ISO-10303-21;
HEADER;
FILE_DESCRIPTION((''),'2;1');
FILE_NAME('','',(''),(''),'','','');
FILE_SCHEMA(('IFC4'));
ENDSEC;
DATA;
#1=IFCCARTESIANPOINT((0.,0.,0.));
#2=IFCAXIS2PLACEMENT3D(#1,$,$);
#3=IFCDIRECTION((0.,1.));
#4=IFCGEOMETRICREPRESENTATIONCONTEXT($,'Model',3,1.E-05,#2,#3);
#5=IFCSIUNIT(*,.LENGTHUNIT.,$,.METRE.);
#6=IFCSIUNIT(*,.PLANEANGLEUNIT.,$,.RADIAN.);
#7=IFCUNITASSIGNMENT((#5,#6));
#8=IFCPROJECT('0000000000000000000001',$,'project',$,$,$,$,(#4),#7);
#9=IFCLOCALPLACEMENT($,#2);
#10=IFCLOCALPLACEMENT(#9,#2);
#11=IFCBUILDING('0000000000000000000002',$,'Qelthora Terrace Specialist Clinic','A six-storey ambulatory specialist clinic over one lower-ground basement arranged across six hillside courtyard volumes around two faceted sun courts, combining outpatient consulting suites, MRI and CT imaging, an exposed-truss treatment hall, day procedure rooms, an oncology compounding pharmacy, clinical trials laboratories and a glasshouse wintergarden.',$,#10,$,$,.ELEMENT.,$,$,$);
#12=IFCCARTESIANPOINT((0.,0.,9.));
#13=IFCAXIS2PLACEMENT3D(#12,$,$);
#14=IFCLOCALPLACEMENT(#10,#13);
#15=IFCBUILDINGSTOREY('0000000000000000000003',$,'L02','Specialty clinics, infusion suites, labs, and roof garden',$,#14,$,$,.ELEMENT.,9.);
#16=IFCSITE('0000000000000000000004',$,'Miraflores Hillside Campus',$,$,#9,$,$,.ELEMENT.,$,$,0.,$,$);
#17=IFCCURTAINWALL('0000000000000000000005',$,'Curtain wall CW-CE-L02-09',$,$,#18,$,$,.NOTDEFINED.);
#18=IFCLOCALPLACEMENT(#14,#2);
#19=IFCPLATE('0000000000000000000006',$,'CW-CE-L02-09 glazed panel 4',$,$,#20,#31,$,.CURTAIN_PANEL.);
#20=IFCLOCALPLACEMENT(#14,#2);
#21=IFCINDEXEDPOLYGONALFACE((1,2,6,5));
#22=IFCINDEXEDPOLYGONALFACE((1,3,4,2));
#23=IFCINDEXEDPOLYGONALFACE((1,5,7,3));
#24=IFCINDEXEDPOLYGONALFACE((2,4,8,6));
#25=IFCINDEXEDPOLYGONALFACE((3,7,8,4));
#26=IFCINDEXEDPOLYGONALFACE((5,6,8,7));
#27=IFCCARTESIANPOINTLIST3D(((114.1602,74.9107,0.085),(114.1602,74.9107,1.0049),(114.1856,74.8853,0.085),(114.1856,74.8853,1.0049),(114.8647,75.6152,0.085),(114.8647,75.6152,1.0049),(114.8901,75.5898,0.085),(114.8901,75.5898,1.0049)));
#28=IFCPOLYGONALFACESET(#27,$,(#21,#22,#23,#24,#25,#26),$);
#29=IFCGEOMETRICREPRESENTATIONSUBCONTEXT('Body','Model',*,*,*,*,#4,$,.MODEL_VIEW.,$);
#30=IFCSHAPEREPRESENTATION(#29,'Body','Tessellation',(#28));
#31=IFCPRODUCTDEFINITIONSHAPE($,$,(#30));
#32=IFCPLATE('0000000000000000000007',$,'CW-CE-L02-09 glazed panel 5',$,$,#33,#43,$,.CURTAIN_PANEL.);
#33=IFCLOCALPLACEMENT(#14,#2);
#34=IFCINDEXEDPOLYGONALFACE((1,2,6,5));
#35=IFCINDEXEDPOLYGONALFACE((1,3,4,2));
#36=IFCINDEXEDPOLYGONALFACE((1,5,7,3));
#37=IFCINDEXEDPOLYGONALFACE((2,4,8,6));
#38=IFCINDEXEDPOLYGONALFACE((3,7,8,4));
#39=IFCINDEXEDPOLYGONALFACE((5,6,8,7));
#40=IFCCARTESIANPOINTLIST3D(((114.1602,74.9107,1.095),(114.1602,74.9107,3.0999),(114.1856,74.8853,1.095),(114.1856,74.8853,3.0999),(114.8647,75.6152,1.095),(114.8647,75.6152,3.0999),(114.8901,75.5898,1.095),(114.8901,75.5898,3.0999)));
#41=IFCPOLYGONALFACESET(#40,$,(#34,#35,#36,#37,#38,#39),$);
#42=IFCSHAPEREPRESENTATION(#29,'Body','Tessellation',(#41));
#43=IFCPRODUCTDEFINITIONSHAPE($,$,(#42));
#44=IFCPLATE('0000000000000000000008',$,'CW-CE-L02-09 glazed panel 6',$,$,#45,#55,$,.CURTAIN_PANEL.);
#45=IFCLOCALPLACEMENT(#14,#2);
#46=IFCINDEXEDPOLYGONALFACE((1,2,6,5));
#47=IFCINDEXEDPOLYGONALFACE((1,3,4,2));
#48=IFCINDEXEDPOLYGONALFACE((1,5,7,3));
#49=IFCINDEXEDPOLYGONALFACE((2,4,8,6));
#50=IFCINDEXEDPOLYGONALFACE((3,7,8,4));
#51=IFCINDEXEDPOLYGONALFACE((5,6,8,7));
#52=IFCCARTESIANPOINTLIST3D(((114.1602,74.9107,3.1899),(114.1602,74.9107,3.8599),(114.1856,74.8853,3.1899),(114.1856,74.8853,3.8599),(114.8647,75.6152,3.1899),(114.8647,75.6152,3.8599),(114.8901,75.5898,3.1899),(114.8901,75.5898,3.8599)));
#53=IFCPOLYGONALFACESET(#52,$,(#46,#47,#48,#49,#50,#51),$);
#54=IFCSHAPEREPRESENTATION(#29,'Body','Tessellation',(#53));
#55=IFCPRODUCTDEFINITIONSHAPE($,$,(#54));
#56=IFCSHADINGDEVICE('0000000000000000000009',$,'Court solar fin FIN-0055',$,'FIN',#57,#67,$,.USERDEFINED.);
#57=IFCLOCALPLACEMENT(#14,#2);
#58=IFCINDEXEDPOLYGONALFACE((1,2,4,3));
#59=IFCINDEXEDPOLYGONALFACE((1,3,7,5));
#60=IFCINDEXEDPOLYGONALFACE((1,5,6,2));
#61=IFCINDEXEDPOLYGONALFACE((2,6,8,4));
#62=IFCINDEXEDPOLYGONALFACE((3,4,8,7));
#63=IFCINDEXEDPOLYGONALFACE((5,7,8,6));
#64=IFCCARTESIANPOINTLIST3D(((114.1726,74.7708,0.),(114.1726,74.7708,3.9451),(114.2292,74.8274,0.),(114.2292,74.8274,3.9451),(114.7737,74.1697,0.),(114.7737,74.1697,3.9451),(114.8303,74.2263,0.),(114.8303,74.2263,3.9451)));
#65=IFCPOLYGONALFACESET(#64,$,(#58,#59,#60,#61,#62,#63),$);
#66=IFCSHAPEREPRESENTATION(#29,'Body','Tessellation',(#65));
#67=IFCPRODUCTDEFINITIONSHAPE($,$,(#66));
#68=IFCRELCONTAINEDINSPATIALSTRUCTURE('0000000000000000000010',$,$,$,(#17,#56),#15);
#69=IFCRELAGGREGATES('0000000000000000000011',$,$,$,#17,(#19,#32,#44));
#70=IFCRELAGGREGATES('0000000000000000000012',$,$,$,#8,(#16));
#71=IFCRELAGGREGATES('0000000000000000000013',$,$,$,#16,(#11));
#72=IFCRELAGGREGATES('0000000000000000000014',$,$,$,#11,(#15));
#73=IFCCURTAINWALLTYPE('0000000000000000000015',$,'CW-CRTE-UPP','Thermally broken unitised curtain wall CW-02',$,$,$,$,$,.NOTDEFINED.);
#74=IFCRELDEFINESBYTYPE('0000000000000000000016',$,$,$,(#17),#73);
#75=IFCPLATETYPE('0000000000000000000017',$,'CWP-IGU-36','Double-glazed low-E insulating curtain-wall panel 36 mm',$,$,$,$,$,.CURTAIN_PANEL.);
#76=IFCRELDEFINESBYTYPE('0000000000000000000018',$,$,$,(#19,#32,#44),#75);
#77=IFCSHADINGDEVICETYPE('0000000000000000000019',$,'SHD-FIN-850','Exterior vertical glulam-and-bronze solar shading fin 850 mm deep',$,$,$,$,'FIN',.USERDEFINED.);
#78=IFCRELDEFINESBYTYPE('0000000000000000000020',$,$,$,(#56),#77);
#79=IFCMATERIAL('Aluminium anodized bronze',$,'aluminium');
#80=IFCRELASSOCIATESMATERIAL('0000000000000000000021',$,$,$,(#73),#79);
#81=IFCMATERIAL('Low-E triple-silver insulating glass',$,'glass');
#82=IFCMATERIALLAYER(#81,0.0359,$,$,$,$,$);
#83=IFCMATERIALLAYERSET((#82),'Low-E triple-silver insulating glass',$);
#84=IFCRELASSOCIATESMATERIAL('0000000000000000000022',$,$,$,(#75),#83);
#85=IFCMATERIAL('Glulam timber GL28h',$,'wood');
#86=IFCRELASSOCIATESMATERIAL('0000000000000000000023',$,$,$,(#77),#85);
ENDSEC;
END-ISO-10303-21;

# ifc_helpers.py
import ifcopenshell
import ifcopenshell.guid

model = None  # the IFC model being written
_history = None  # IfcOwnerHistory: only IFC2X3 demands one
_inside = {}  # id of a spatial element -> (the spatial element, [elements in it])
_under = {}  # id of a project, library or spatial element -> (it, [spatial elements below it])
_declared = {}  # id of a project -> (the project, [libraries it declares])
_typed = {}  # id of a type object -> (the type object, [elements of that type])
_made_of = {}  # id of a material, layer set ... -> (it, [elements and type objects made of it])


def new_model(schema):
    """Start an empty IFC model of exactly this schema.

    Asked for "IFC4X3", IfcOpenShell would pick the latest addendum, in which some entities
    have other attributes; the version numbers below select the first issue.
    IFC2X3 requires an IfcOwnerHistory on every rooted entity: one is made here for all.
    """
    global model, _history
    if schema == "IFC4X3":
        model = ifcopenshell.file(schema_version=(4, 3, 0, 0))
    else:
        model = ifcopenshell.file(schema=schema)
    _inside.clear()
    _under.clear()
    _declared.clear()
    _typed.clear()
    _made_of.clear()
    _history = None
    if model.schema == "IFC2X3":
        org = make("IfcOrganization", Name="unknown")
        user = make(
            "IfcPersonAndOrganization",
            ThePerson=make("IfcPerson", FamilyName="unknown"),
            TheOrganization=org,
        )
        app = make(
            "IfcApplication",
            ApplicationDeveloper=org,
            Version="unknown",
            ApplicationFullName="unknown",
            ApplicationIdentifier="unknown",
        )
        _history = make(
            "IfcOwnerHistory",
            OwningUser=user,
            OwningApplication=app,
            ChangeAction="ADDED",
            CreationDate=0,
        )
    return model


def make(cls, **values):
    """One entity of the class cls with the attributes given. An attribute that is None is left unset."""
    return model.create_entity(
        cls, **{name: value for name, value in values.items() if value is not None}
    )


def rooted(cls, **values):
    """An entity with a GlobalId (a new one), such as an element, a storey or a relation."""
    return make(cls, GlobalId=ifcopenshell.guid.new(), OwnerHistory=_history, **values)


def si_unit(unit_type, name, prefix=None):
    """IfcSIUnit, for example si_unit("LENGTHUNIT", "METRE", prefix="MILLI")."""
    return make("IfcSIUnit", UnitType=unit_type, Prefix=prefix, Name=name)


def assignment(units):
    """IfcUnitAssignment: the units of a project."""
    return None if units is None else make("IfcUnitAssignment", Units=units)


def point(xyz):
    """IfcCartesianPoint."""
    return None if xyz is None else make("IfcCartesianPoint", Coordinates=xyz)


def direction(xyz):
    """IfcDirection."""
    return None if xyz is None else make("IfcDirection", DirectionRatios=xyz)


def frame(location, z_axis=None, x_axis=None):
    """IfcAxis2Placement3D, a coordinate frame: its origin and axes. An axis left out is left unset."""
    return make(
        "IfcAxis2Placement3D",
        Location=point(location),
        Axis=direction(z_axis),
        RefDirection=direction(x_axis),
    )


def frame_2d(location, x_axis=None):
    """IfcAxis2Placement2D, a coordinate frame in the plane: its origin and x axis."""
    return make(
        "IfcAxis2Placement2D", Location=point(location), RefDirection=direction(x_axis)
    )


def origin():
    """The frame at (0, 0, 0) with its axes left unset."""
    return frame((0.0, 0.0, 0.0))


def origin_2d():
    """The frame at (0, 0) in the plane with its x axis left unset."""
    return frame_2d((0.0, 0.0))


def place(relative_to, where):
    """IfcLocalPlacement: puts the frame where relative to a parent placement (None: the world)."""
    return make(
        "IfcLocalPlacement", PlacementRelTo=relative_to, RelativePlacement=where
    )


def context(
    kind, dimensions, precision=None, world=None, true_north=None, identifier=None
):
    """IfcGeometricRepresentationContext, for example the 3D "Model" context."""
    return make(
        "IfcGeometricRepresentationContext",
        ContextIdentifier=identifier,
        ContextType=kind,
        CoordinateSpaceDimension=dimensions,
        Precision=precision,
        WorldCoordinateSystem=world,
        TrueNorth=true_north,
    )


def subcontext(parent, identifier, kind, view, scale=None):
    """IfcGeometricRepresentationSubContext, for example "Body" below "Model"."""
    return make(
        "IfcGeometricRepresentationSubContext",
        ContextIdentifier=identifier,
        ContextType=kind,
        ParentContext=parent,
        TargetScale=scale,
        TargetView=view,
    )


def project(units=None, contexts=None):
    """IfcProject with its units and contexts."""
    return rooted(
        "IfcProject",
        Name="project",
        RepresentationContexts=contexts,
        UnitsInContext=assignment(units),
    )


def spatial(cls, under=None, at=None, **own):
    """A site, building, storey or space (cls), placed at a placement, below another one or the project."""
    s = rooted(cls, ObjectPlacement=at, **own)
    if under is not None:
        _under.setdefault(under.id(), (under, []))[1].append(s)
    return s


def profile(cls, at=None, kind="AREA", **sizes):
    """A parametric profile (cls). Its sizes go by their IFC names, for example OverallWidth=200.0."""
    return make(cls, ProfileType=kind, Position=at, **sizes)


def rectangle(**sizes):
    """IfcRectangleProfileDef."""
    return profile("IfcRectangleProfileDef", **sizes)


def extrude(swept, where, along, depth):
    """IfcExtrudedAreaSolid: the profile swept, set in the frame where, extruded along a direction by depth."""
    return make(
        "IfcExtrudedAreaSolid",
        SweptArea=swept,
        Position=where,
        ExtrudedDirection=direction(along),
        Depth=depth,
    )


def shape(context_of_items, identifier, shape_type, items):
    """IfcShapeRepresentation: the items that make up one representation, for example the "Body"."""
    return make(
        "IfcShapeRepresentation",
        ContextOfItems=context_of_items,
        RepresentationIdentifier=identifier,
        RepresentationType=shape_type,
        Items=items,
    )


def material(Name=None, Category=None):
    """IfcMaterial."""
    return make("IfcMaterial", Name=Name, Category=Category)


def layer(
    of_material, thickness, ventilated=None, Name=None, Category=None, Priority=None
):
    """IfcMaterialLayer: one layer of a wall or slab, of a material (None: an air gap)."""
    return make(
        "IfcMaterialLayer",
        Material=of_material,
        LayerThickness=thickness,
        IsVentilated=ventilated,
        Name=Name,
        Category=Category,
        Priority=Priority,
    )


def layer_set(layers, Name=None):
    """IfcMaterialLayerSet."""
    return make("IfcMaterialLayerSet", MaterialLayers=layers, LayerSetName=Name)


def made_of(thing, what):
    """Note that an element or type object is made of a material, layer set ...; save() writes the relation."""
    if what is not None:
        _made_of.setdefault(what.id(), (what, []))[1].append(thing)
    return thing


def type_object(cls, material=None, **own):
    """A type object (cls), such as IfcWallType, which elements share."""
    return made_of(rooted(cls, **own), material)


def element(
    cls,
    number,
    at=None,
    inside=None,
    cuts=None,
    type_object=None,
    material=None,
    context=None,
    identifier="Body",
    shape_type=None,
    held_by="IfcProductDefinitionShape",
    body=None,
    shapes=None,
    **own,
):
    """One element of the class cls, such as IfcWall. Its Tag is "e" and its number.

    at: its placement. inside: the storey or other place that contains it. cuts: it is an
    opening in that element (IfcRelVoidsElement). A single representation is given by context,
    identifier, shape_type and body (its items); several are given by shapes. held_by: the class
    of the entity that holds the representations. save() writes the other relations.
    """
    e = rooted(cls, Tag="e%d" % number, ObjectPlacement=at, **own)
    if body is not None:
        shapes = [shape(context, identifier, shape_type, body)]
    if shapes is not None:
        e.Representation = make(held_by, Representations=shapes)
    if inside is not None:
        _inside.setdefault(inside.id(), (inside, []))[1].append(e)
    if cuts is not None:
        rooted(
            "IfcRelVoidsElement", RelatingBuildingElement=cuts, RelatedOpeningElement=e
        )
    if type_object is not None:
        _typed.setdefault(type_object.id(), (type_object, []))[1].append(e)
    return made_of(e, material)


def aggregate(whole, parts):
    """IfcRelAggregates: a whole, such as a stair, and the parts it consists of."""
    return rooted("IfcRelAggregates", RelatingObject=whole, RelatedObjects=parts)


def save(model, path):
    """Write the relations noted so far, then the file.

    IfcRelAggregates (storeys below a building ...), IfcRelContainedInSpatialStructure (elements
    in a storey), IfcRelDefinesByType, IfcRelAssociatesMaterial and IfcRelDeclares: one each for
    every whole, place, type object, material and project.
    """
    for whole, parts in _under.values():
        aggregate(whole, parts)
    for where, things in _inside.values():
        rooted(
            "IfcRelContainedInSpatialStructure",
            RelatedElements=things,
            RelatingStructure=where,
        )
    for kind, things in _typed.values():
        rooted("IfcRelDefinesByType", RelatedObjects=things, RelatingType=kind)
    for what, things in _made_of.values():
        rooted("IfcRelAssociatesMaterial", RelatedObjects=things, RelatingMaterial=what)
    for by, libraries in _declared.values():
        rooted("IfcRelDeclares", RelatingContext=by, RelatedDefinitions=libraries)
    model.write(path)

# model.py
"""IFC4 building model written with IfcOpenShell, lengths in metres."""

from ifc_helpers import new_model, si_unit, direction, frame, origin, origin_2d, place, context, subcontext, project, spatial, rectangle, extrude, material, layer, layer_set, type_object, element, aggregate, save


model = new_model("IFC4")

# Units and contexts
model_context = context("Model", 3, precision=1e-05, world=origin(), true_north=direction((0.0, 1.0)))
body_context = subcontext(model_context, "Body", "Model", "MODEL_VIEW")
ifc_project = project(units=[si_unit("LENGTHUNIT", "METRE"), si_unit("PLANEANGLEUNIT", "RADIAN")], contexts=[model_context])

# Site, building, storey
site_placement = place(None, origin())
site = spatial("IfcSite", under=ifc_project, at=site_placement, Name="Miraflores Hillside Campus", CompositionType="ELEMENT", RefElevation=0.0)
building_placement = place(site_placement, origin())
building = spatial("IfcBuilding", under=site, at=building_placement, Name="Qelthora Terrace Specialist Clinic", Description="A six-storey ambulatory specialist clinic over one lower-ground basement arranged across six hillside courtyard volumes around two faceted sun courts, combining outpatient consulting suites, MRI and CT imaging, an exposed-truss treatment hall, day procedure rooms, an oncology compounding pharmacy, clinical trials laboratories and a glasshouse wintergarden.", CompositionType="ELEMENT")
storey_placement = place(building_placement, frame((0.0, 0.0, 9.0)))
storey = spatial("IfcBuildingStorey", under=building, at=storey_placement, Name="L02", Description="Specialty clinics, infusion suites, labs, and roof garden", CompositionType="ELEMENT", Elevation=9.0)

# Shared definitions
ifc_material_1 = material(Name="Aluminium anodized bronze", Category="aluminium")
curtain_wall_type = type_object("IfcCurtainWallType", Name="CW-CRTE-UPP", Description="Thermally broken unitised curtain wall CW-02", PredefinedType="NOTDEFINED", material=ifc_material_1)

# Curtain wall
curtain_wall_1_placement = place(storey_placement, origin())
curtain_wall_1 = element("IfcCurtainWall", 1, at=curtain_wall_1_placement, inside=storey, type_object=curtain_wall_type, Name="Curtain wall CW-CE-L02-09", PredefinedType="NOTDEFINED")

# Plates
ifc_material_2 = material(Name="Low-E triple-silver insulating glass", Category="glass")
ifc_layer = layer(ifc_material_2, 0.0359)
ifc_layer_set = layer_set([ifc_layer], Name="Low-E triple-silver insulating glass")
plate_type = type_object("IfcPlateType", Name="CWP-IGU-36", Description="Double-glazed low-E insulating curtain-wall panel 36 mm", PredefinedType="CURTAIN_PANEL", material=ifc_layer_set)
plate_1_placement = place(storey_placement, frame((114.5251, 75.2502, 0.085), z_axis=(0.0, 0.0, 1.0), x_axis=(-0.707107, -0.707107, 0.0)))
plate_1 = element("IfcPlate", 2, at=plate_1_placement, type_object=plate_type, Name="CW-CE-L02-09 glazed panel 4", PredefinedType="CURTAIN_PANEL", context=body_context, shape_type="SweptSolid", body=[
    extrude(rectangle(XDim=0.9963, YDim=0.0359, at=origin_2d()), origin(), (0.0, 0.0, 1.0), 0.9199),
])
plate_2_placement = place(storey_placement, frame((114.5251, 75.2502, 1.095), z_axis=(0.0, 0.0, 1.0), x_axis=(-0.707107, -0.707107, 0.0)))
plate_2 = element("IfcPlate", 3, at=plate_2_placement, type_object=plate_type, Name="CW-CE-L02-09 glazed panel 5", PredefinedType="CURTAIN_PANEL", context=body_context, shape_type="SweptSolid", body=[
    extrude(rectangle(XDim=0.9963, YDim=0.0359, at=origin_2d()), origin(), (0.0, 0.0, 1.0), 2.0049),
])
plate_3_placement = place(storey_placement, frame((114.5251, 75.2502, 3.1899), z_axis=(0.0, 0.0, 1.0), x_axis=(-0.707107, -0.707107, 0.0)))
plate_3 = element("IfcPlate", 4, at=plate_3_placement, type_object=plate_type, Name="CW-CE-L02-09 glazed panel 6", PredefinedType="CURTAIN_PANEL", context=body_context, shape_type="SweptSolid", body=[
    extrude(rectangle(XDim=0.9963, YDim=0.0359, at=origin_2d()), origin(), (0.0, 0.0, 1.0), 0.6699),
])
aggregate(curtain_wall_1, [plate_1, plate_2, plate_3])

# Shading device
ifc_material_3 = material(Name="Glulam timber GL28h", Category="wood")
shading_device_type = type_object("IfcShadingDeviceType", Name="SHD-FIN-850", Description="Exterior vertical glulam-and-bronze solar shading fin 850 mm deep", ElementType="FIN", PredefinedType="USERDEFINED", material=ifc_material_3)
shading_device_placement = place(storey_placement, frame((114.5015, 74.4985, 0.0), z_axis=(0.0, 0.0, 1.0), x_axis=(0.707107, -0.707107, 0.0)))
element("IfcShadingDevice", 5, at=shading_device_placement, inside=storey, type_object=shading_device_type, Name="Court solar fin FIN-0055", ObjectType="FIN", PredefinedType="USERDEFINED", context=body_context, shape_type="SweptSolid", body=[
    extrude(rectangle(XDim=0.8501, YDim=0.0801, at=origin_2d()), origin(), (0.0, 0.0, 1.0), 3.9451),
])

save(model, "model.ifc")
